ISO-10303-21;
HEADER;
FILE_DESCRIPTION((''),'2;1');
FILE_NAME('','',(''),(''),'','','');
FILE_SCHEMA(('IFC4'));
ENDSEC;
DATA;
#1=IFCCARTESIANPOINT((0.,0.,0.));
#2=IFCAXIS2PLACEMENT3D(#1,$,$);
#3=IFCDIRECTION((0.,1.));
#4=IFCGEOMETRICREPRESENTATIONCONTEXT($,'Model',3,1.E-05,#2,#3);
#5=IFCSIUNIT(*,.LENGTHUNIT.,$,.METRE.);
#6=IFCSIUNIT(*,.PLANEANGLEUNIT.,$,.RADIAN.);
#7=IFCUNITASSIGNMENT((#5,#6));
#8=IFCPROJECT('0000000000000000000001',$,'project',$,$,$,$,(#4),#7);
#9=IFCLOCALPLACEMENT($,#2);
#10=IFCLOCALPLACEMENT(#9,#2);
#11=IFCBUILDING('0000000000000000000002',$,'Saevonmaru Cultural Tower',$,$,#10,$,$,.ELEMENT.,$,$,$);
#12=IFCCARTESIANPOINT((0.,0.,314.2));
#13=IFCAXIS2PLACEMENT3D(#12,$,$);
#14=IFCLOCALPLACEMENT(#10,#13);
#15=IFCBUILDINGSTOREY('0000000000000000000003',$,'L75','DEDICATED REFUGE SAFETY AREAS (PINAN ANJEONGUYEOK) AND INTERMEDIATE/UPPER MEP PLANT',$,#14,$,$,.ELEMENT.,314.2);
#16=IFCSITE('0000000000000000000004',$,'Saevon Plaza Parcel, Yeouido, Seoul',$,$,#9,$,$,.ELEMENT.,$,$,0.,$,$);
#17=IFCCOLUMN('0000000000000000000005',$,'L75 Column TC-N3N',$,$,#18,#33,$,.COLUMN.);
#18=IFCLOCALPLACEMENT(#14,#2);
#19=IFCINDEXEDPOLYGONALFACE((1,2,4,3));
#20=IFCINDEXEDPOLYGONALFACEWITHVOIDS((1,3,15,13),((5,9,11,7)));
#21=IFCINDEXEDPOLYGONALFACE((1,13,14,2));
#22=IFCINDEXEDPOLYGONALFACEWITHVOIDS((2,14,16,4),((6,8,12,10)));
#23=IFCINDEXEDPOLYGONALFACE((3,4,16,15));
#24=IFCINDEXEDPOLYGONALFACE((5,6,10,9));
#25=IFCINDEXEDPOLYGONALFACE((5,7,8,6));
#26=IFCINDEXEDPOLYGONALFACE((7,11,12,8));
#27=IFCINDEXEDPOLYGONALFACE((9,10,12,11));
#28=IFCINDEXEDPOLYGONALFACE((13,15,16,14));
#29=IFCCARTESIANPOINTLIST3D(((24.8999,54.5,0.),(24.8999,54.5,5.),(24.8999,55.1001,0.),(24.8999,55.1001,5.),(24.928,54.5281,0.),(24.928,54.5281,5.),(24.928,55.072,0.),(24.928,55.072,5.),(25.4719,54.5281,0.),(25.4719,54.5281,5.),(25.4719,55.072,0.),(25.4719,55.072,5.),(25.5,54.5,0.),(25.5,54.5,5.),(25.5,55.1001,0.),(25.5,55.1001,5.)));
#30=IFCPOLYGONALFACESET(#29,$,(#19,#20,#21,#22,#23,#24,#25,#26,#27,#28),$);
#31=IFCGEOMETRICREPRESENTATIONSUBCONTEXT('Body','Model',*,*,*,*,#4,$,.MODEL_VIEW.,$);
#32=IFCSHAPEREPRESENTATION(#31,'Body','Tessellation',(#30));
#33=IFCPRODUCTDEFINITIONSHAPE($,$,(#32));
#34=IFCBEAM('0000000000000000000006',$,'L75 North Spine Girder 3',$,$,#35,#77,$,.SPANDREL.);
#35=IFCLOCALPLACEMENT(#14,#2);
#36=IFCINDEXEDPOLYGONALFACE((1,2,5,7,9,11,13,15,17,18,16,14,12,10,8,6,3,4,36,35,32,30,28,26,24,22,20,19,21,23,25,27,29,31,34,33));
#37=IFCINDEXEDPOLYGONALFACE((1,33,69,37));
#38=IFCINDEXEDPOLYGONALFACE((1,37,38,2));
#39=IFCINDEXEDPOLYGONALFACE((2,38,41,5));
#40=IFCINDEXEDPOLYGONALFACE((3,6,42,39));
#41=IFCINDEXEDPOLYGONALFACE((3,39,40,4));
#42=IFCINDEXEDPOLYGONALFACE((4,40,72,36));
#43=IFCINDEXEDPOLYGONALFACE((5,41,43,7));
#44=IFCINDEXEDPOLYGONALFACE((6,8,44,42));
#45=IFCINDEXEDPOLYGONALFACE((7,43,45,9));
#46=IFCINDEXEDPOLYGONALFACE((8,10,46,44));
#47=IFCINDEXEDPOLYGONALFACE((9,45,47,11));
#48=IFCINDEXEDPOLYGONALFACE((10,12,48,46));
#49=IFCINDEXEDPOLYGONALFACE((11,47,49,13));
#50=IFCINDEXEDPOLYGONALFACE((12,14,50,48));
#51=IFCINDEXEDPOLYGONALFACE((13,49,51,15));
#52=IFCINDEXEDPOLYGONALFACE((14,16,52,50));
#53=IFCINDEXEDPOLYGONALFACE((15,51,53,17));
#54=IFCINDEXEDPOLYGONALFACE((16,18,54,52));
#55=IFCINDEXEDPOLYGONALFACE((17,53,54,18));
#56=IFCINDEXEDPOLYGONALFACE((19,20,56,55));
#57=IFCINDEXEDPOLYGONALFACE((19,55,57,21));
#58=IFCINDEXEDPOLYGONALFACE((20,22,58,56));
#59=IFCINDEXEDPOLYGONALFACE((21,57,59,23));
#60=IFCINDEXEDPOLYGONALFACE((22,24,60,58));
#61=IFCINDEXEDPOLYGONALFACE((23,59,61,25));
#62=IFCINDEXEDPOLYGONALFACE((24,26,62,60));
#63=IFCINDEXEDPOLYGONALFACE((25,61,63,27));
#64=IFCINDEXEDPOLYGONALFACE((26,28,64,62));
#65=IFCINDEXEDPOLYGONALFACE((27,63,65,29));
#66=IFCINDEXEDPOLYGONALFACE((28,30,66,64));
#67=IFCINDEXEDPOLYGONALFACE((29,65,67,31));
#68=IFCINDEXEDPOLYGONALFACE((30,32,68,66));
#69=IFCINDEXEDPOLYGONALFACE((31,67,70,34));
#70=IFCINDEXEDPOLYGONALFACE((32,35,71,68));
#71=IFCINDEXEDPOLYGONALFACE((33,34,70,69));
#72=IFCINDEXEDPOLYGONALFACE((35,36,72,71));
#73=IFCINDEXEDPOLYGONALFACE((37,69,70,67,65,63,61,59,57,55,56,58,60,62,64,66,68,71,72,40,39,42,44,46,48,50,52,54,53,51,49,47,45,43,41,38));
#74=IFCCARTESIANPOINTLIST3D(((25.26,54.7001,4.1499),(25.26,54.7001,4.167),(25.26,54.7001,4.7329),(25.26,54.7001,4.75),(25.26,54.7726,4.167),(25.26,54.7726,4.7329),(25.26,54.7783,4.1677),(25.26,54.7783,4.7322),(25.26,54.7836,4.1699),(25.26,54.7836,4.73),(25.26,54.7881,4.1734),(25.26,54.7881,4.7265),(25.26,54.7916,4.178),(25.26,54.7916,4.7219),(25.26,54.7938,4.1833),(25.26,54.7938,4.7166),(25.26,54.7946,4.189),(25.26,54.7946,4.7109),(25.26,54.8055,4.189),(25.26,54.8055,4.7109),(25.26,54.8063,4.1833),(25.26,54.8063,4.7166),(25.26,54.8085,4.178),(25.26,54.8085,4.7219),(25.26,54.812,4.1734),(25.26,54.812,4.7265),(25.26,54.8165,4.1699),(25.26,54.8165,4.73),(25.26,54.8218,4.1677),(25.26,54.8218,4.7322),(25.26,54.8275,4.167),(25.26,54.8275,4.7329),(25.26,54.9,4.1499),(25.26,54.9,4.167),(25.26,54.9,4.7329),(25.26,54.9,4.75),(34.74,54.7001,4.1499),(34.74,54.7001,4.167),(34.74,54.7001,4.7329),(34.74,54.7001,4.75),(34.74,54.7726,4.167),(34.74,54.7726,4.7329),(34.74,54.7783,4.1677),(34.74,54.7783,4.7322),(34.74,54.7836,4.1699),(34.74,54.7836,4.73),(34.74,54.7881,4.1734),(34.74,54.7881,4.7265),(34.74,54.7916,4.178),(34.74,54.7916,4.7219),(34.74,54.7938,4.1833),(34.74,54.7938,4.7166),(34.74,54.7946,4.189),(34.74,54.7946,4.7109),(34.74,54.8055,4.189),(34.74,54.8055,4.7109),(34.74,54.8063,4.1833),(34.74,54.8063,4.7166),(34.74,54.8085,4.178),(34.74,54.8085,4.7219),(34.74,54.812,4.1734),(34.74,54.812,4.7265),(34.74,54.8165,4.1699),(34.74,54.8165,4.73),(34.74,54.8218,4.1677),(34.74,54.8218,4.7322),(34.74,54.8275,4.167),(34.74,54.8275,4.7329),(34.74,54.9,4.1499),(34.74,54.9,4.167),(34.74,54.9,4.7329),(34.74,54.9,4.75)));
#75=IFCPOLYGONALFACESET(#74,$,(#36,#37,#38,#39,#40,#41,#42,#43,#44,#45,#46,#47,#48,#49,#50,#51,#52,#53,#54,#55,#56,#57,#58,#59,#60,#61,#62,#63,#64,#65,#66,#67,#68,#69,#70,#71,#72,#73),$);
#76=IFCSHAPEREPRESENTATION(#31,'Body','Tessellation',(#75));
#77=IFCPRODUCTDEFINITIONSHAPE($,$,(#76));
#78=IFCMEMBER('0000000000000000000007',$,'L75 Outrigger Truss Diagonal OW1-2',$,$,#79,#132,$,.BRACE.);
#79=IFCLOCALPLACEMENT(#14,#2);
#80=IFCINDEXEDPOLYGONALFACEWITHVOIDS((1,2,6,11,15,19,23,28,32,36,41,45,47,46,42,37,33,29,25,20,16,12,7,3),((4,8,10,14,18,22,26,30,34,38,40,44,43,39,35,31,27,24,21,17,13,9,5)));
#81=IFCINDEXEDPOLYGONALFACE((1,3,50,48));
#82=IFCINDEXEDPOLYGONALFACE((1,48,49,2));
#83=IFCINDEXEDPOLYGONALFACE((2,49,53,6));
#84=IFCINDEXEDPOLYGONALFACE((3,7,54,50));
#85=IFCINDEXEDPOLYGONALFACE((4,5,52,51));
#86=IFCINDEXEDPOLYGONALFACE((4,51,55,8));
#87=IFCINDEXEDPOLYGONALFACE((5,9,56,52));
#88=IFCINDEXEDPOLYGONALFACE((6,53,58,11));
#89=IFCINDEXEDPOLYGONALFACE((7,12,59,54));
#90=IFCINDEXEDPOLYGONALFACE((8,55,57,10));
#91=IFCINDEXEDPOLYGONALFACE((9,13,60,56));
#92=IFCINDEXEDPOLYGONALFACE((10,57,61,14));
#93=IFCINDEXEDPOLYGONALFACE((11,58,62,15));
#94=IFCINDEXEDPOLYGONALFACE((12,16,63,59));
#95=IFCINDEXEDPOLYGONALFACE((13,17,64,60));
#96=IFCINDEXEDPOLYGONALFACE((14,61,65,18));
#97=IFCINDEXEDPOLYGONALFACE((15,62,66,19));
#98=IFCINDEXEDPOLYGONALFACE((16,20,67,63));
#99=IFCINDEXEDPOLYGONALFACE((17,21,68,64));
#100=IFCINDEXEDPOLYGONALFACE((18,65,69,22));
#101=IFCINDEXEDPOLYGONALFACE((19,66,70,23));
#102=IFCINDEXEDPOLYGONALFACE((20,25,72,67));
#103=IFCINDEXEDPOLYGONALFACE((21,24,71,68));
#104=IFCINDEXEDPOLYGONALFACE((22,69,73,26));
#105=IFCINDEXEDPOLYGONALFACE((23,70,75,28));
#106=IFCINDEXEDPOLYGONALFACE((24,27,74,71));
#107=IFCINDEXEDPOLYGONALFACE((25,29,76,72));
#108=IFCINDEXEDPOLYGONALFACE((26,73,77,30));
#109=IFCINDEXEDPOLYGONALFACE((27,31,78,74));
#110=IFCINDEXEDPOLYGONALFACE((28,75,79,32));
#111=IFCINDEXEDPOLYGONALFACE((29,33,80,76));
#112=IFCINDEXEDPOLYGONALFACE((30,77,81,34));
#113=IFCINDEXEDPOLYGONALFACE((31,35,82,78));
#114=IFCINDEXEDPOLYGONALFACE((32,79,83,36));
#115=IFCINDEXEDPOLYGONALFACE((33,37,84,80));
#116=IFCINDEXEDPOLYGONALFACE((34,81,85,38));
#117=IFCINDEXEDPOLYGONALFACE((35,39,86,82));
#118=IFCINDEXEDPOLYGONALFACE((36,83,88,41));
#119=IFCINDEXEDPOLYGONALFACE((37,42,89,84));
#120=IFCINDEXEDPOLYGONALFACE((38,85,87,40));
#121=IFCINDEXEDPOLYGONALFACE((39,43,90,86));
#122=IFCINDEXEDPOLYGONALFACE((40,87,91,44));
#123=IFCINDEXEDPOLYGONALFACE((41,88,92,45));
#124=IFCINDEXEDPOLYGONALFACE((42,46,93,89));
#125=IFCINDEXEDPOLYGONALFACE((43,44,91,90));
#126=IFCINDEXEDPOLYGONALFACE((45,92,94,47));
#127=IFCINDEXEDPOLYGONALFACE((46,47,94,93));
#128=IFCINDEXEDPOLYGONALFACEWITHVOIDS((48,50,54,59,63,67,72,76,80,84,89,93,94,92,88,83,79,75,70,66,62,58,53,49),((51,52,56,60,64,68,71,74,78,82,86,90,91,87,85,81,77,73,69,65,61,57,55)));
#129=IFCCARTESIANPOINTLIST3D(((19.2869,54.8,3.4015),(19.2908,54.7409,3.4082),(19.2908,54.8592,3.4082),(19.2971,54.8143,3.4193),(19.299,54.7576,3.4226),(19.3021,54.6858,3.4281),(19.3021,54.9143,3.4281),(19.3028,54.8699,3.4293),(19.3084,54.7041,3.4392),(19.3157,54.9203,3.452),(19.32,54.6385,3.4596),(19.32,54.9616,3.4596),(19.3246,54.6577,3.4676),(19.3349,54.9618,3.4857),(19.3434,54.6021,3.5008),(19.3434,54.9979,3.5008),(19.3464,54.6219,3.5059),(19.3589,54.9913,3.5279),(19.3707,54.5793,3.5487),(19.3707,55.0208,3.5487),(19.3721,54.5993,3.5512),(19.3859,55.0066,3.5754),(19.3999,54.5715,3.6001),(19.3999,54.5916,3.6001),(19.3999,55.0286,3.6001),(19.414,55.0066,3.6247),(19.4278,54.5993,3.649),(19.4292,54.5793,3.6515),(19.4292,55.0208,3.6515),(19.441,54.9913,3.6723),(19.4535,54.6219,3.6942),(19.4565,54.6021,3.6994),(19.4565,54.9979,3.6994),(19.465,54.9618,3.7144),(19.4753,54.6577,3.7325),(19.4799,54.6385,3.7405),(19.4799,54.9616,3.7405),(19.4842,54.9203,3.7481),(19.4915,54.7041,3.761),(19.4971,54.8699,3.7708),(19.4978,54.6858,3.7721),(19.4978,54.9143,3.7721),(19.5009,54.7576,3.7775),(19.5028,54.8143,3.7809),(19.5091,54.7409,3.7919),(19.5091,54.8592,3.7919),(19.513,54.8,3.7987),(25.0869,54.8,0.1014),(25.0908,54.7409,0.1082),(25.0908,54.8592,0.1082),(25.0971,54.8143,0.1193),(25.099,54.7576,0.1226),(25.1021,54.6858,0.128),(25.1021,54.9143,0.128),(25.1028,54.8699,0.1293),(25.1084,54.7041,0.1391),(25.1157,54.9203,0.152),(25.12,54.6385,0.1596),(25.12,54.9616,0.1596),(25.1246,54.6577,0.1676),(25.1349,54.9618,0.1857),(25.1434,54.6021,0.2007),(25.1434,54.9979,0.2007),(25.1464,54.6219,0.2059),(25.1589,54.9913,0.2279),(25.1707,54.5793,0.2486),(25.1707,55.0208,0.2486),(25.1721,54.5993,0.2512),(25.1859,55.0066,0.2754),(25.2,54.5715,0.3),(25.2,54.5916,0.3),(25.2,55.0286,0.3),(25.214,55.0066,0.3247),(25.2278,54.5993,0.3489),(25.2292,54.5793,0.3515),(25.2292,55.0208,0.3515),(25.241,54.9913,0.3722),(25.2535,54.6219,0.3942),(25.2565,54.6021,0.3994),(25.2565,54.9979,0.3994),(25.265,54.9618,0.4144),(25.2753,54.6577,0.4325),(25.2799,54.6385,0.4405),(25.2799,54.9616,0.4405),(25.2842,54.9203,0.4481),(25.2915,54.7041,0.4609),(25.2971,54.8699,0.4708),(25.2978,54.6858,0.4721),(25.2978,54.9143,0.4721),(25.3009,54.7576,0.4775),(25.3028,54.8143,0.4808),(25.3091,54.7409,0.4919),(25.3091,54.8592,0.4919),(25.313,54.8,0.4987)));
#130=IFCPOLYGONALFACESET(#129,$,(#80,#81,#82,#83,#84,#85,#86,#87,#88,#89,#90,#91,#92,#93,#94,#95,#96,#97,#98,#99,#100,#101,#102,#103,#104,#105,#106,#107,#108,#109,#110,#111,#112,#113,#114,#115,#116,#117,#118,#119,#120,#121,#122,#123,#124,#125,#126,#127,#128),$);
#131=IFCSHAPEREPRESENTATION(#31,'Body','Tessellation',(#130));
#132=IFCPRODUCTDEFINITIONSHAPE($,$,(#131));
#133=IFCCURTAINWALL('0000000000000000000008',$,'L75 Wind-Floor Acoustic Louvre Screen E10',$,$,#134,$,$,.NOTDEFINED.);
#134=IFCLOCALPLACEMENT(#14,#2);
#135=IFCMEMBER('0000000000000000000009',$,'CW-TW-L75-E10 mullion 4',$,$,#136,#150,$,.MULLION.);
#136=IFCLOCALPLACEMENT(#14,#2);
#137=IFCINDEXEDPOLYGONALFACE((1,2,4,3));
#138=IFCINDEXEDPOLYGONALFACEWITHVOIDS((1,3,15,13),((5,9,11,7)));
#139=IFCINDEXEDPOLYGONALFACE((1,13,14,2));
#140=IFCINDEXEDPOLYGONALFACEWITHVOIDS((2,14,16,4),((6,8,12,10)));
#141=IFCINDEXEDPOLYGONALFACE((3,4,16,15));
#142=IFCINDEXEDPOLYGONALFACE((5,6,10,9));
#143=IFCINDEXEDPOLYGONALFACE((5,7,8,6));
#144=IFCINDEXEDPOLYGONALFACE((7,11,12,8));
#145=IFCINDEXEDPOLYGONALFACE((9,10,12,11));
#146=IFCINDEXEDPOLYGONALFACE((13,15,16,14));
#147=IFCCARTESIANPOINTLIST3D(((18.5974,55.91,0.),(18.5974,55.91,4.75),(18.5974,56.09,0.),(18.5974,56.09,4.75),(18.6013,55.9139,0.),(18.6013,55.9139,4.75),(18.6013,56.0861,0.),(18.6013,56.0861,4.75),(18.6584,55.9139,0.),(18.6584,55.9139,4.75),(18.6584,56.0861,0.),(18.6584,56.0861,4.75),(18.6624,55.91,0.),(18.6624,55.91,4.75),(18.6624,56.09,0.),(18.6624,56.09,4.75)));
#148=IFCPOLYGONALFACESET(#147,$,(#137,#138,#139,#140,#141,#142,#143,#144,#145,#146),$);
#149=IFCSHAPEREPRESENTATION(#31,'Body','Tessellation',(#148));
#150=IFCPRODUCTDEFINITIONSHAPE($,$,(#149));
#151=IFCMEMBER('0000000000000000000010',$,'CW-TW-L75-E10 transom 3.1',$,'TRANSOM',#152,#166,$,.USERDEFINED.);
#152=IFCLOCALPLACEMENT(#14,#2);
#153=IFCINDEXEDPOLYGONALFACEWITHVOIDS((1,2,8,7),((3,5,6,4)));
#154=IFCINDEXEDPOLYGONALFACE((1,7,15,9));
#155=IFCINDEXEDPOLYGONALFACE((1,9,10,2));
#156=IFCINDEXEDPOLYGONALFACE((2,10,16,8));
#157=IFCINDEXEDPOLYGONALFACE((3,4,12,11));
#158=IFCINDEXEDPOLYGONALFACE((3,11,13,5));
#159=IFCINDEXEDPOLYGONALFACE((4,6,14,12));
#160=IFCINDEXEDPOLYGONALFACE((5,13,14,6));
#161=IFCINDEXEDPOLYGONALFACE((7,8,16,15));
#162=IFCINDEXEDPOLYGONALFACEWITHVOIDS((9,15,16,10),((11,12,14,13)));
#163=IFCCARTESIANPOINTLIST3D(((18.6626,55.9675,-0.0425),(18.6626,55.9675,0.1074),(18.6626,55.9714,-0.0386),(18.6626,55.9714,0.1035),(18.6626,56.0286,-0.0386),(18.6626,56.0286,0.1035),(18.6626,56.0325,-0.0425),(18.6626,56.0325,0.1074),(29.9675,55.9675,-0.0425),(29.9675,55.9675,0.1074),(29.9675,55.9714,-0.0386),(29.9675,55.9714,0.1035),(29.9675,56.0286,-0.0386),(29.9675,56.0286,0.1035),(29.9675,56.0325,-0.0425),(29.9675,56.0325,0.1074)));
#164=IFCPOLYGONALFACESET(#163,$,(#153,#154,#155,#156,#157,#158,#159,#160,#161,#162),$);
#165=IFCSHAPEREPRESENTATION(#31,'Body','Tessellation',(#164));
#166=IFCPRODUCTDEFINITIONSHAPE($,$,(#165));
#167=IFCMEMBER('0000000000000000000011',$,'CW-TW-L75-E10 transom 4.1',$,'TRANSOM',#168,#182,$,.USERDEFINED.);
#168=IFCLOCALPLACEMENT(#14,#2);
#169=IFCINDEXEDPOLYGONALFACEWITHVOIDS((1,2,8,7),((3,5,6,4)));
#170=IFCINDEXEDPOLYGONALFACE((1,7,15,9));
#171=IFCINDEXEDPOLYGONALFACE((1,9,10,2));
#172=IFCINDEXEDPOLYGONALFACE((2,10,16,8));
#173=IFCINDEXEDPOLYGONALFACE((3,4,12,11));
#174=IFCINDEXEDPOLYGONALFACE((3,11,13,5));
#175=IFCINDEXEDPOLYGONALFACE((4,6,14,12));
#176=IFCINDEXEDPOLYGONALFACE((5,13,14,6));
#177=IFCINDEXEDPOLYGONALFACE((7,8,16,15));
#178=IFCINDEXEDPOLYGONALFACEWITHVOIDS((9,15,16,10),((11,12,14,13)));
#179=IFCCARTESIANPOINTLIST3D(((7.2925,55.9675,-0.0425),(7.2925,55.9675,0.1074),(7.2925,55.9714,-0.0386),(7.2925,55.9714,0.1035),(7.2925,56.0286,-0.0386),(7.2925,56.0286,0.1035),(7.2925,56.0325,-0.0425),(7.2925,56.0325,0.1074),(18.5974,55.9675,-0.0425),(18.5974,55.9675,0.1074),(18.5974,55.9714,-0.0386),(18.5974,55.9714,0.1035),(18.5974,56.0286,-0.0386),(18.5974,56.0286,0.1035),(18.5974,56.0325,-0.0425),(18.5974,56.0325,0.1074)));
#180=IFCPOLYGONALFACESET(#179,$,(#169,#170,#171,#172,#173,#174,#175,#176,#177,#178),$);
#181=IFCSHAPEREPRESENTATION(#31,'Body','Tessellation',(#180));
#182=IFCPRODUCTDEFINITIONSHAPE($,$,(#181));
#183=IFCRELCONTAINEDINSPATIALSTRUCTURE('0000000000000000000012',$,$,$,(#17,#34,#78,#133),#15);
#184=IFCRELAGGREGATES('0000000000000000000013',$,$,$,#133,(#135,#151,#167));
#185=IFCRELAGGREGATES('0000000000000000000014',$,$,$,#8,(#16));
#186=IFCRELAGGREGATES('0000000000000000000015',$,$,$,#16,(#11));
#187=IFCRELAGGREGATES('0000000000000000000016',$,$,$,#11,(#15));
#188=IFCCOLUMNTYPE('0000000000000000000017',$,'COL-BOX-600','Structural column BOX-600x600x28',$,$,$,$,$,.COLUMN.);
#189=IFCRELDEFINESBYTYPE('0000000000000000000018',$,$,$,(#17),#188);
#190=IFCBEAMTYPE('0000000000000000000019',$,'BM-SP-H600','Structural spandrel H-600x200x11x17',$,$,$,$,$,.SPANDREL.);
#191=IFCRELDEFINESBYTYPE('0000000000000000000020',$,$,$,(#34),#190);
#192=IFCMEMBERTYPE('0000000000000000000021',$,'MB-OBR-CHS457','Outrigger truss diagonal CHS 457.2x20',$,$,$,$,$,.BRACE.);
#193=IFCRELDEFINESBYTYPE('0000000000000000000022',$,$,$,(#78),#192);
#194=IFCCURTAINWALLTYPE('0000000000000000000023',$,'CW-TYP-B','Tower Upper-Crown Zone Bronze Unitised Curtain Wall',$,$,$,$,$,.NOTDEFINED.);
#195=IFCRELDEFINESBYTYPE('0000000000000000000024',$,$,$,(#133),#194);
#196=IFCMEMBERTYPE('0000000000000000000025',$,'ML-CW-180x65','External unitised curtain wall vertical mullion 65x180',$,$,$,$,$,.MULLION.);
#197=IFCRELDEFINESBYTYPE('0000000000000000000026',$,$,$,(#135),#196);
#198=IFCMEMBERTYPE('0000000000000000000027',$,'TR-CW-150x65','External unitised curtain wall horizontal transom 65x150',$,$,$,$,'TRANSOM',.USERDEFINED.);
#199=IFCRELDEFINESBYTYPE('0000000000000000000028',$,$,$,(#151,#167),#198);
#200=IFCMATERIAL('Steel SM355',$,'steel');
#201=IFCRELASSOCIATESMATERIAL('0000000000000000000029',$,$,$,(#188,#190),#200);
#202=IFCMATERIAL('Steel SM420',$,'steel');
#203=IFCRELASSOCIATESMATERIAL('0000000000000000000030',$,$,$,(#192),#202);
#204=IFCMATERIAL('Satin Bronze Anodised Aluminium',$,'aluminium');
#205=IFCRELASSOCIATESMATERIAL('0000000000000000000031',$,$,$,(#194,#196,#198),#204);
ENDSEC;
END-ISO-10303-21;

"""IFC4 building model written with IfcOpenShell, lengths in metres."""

from ifc_helpers import new_model, si_unit, direction, frame, origin, origin_2d, place, context, subcontext, project, spatial, hollow_rectangle, hollow_circle, i_section, extrude, material, material_profile, profile_set, type_object, element, aggregate, save


model = new_model("IFC4")

# Units and contexts
model_context = context("Model", 3, precision=1e-05, world=origin(), true_north=direction((0.0, 1.0)))
body_context = subcontext(model_context, "Body", "Model", "MODEL_VIEW")
ifc_project = project(units=[si_unit("LENGTHUNIT", "METRE"), si_unit("PLANEANGLEUNIT", "RADIAN")], contexts=[model_context])

# Site, building, storey
site_placement = place(None, origin())
site = spatial("IfcSite", under=ifc_project, at=site_placement, Name="Saevon Plaza Parcel, Yeouido, Seoul", CompositionType="ELEMENT", RefElevation=0.0)
building_placement = place(site_placement, origin())
building = spatial("IfcBuilding", under=site, at=building_placement, Name="Saevonmaru Cultural Tower", CompositionType="ELEMENT")
storey_placement = place(building_placement, frame((0.0, 0.0, 314.2)))
storey = spatial("IfcBuildingStorey", under=building, at=storey_placement, Name="L75", Description="DEDICATED REFUGE SAFETY AREAS (PINAN ANJEONGUYEOK) AND INTERMEDIATE/UPPER MEP PLANT", CompositionType="ELEMENT", Elevation=314.2)

# Column
ifc_material_1 = material(Name="Steel SM355", Category="steel")
ifc_material_profile_1 = material_profile(ifc_material_1, hollow_rectangle(XDim=0.6001, YDim=0.6001, WallThickness=0.0281, at=origin_2d()), Name="BOX-600x600x28")
ifc_profile_set_1 = profile_set([ifc_material_profile_1], Name="Steel SM355")
column_type = type_object("IfcColumnType", Name="COL-BOX-600", Description="Structural column BOX-600x600x28", PredefinedType="COLUMN", material=ifc_profile_set_1)
column_placement = place(storey_placement, frame((25.2, 54.8, 0.0), z_axis=(0.0, 0.0, 1.0), x_axis=(1.0, 0.0, 0.0)))
element("IfcColumn", 1, at=column_placement, inside=storey, type_object=column_type, Name="L75 Column TC-N3N", PredefinedType="COLUMN", context=body_context, shape_type="SweptSolid", body=[
    extrude(hollow_rectangle(XDim=0.6001, YDim=0.6001, WallThickness=0.0281, at=origin_2d()), origin(), (0.0, 0.0, 1.0), 5.0),
])

# Beam
ifc_material_profile_2 = material_profile(ifc_material_1, i_section(OverallWidth=0.2, OverallDepth=0.6001, WebThickness=0.011, FlangeThickness=0.0171, FilletRadius=0.022, at=origin_2d()), Name="H-600x200x11x17")
ifc_profile_set_2 = profile_set([ifc_material_profile_2], Name="Steel SM355")
beam_type = type_object("IfcBeamType", Name="BM-SP-H600", Description="Structural spandrel H-600x200x11x17", PredefinedType="SPANDREL", material=ifc_profile_set_2)
beam_placement = place(storey_placement, frame((25.26, 54.8, 4.45), z_axis=(1.0, 0.0, 0.0), x_axis=(0.0, 1.0, 0.0)))
element("IfcBeam", 2, at=beam_placement, inside=storey, type_object=beam_type, Name="L75 North Spine Girder 3", PredefinedType="SPANDREL", context=body_context, shape_type="SweptSolid", body=[
    extrude(i_section(OverallWidth=0.2, OverallDepth=0.6001, WebThickness=0.011, FlangeThickness=0.0171, FilletRadius=0.022, at=origin_2d()), origin(), (0.0, 0.0, 1.0), 9.48),
])

# Member
ifc_material_2 = material(Name="Steel SM420", Category="steel")
ifc_material_profile_3 = material_profile(ifc_material_2, hollow_circle(Radius=0.2285, WallThickness=0.02, at=origin_2d()), Name="CHS-457.2x20")
ifc_profile_set_3 = profile_set([ifc_material_profile_3], Name="Steel SM420")
member_type_1 = type_object("IfcMemberType", Name="MB-OBR-CHS457", Description="Outrigger truss diagonal CHS 457.2x20", PredefinedType="BRACE", material=ifc_profile_set_3)
member_1_placement = place(storey_placement, frame((25.2, 54.8, 0.3), z_axis=(-0.869162, 0.0, 0.494527), x_axis=(0.0, -1.0, 0.0)))
element("IfcMember", 3, at=member_1_placement, inside=storey, type_object=member_type_1, Name="L75 Outrigger Truss Diagonal OW1-2", PredefinedType="BRACE", context=body_context, shape_type="SweptSolid", body=[
    extrude(hollow_circle(Radius=0.2285, WallThickness=0.02, at=origin_2d()), origin(), (0.0, 0.0, 1.0), 6.6731),
])

# Curtain wall, members
ifc_material_3 = material(Name="Satin Bronze Anodised Aluminium", Category="aluminium")
curtain_wall_type = type_object("IfcCurtainWallType", Name="CW-TYP-B", Description="Tower Upper-Crown Zone Bronze Unitised Curtain Wall", PredefinedType="NOTDEFINED", material=ifc_material_3)
curtain_wall_placement = place(storey_placement, origin())
curtain_wall = element("IfcCurtainWall", 4, at=curtain_wall_placement, inside=storey, type_object=curtain_wall_type, Name="L75 Wind-Floor Acoustic Louvre Screen E10", PredefinedType="NOTDEFINED")
ifc_material_profile_4 = material_profile(ifc_material_3, hollow_rectangle(XDim=0.0649, YDim=0.1799, WallThickness=0.0039, at=origin_2d()), Name="ALU-MULL-180x65x4")
ifc_profile_set_4 = profile_set([ifc_material_profile_4], Name="Satin Bronze Anodised Aluminium")
member_type_2 = type_object("IfcMemberType", Name="ML-CW-180x65", Description="External unitised curtain wall vertical mullion 65x180", PredefinedType="MULLION", material=ifc_profile_set_4)
member_2_placement = place(storey_placement, frame((18.6299, 56.0, 0.0), z_axis=(0.0, 0.0, 1.0), x_axis=(-1.0, 0.0, 0.0)))
member_2 = element("IfcMember", 5, at=member_2_placement, type_object=member_type_2, Name="CW-TW-L75-E10 mullion 4", PredefinedType="MULLION", context=body_context, shape_type="SweptSolid", body=[
    extrude(hollow_rectangle(XDim=0.0649, YDim=0.1799, WallThickness=0.0039, at=origin_2d()), origin(), (0.0, 0.0, 1.0), 4.75),
])
ifc_material_profile_5 = material_profile(ifc_material_3, hollow_rectangle(XDim=0.0649, YDim=0.1499, WallThickness=0.0039, at=origin_2d()), Name="ALU-TRAN-150x65x4")
ifc_profile_set_5 = profile_set([ifc_material_profile_5], Name="Satin Bronze Anodised Aluminium")
member_type_3 = type_object("IfcMemberType", Name="TR-CW-150x65", Description="External unitised curtain wall horizontal transom 65x150", ElementType="TRANSOM", PredefinedType="USERDEFINED", material=ifc_profile_set_5)
member_3_placement = place(storey_placement, frame((29.9675, 56.0, 0.0325), z_axis=(-1.0, 0.0, 0.0), x_axis=(0.0, -1.0, 0.0)))
member_3 = element("IfcMember", 6, at=member_3_placement, type_object=member_type_3, Name="CW-TW-L75-E10 transom 3.1", ObjectType="TRANSOM", PredefinedType="USERDEFINED", context=body_context, shape_type="SweptSolid", body=[
    extrude(hollow_rectangle(XDim=0.0649, YDim=0.1499, WallThickness=0.0039, at=origin_2d()), origin(), (0.0, 0.0, 1.0), 11.3049),
])
member_4_placement = place(storey_placement, frame((18.5974, 56.0, 0.0325), z_axis=(-1.0, 0.0, 0.0), x_axis=(0.0, -1.0, 0.0)))
member_4 = element("IfcMember", 7, at=member_4_placement, type_object=member_type_3, Name="CW-TW-L75-E10 transom 4.1", ObjectType="TRANSOM", PredefinedType="USERDEFINED", context=body_context, shape_type="SweptSolid", body=[
    extrude(hollow_rectangle(XDim=0.0649, YDim=0.1499, WallThickness=0.0039, at=origin_2d()), origin(), (0.0, 0.0, 1.0), 11.3049),
])

aggregate(curtain_wall, [member_2, member_3, member_4])

save(model, "model.ifc")
